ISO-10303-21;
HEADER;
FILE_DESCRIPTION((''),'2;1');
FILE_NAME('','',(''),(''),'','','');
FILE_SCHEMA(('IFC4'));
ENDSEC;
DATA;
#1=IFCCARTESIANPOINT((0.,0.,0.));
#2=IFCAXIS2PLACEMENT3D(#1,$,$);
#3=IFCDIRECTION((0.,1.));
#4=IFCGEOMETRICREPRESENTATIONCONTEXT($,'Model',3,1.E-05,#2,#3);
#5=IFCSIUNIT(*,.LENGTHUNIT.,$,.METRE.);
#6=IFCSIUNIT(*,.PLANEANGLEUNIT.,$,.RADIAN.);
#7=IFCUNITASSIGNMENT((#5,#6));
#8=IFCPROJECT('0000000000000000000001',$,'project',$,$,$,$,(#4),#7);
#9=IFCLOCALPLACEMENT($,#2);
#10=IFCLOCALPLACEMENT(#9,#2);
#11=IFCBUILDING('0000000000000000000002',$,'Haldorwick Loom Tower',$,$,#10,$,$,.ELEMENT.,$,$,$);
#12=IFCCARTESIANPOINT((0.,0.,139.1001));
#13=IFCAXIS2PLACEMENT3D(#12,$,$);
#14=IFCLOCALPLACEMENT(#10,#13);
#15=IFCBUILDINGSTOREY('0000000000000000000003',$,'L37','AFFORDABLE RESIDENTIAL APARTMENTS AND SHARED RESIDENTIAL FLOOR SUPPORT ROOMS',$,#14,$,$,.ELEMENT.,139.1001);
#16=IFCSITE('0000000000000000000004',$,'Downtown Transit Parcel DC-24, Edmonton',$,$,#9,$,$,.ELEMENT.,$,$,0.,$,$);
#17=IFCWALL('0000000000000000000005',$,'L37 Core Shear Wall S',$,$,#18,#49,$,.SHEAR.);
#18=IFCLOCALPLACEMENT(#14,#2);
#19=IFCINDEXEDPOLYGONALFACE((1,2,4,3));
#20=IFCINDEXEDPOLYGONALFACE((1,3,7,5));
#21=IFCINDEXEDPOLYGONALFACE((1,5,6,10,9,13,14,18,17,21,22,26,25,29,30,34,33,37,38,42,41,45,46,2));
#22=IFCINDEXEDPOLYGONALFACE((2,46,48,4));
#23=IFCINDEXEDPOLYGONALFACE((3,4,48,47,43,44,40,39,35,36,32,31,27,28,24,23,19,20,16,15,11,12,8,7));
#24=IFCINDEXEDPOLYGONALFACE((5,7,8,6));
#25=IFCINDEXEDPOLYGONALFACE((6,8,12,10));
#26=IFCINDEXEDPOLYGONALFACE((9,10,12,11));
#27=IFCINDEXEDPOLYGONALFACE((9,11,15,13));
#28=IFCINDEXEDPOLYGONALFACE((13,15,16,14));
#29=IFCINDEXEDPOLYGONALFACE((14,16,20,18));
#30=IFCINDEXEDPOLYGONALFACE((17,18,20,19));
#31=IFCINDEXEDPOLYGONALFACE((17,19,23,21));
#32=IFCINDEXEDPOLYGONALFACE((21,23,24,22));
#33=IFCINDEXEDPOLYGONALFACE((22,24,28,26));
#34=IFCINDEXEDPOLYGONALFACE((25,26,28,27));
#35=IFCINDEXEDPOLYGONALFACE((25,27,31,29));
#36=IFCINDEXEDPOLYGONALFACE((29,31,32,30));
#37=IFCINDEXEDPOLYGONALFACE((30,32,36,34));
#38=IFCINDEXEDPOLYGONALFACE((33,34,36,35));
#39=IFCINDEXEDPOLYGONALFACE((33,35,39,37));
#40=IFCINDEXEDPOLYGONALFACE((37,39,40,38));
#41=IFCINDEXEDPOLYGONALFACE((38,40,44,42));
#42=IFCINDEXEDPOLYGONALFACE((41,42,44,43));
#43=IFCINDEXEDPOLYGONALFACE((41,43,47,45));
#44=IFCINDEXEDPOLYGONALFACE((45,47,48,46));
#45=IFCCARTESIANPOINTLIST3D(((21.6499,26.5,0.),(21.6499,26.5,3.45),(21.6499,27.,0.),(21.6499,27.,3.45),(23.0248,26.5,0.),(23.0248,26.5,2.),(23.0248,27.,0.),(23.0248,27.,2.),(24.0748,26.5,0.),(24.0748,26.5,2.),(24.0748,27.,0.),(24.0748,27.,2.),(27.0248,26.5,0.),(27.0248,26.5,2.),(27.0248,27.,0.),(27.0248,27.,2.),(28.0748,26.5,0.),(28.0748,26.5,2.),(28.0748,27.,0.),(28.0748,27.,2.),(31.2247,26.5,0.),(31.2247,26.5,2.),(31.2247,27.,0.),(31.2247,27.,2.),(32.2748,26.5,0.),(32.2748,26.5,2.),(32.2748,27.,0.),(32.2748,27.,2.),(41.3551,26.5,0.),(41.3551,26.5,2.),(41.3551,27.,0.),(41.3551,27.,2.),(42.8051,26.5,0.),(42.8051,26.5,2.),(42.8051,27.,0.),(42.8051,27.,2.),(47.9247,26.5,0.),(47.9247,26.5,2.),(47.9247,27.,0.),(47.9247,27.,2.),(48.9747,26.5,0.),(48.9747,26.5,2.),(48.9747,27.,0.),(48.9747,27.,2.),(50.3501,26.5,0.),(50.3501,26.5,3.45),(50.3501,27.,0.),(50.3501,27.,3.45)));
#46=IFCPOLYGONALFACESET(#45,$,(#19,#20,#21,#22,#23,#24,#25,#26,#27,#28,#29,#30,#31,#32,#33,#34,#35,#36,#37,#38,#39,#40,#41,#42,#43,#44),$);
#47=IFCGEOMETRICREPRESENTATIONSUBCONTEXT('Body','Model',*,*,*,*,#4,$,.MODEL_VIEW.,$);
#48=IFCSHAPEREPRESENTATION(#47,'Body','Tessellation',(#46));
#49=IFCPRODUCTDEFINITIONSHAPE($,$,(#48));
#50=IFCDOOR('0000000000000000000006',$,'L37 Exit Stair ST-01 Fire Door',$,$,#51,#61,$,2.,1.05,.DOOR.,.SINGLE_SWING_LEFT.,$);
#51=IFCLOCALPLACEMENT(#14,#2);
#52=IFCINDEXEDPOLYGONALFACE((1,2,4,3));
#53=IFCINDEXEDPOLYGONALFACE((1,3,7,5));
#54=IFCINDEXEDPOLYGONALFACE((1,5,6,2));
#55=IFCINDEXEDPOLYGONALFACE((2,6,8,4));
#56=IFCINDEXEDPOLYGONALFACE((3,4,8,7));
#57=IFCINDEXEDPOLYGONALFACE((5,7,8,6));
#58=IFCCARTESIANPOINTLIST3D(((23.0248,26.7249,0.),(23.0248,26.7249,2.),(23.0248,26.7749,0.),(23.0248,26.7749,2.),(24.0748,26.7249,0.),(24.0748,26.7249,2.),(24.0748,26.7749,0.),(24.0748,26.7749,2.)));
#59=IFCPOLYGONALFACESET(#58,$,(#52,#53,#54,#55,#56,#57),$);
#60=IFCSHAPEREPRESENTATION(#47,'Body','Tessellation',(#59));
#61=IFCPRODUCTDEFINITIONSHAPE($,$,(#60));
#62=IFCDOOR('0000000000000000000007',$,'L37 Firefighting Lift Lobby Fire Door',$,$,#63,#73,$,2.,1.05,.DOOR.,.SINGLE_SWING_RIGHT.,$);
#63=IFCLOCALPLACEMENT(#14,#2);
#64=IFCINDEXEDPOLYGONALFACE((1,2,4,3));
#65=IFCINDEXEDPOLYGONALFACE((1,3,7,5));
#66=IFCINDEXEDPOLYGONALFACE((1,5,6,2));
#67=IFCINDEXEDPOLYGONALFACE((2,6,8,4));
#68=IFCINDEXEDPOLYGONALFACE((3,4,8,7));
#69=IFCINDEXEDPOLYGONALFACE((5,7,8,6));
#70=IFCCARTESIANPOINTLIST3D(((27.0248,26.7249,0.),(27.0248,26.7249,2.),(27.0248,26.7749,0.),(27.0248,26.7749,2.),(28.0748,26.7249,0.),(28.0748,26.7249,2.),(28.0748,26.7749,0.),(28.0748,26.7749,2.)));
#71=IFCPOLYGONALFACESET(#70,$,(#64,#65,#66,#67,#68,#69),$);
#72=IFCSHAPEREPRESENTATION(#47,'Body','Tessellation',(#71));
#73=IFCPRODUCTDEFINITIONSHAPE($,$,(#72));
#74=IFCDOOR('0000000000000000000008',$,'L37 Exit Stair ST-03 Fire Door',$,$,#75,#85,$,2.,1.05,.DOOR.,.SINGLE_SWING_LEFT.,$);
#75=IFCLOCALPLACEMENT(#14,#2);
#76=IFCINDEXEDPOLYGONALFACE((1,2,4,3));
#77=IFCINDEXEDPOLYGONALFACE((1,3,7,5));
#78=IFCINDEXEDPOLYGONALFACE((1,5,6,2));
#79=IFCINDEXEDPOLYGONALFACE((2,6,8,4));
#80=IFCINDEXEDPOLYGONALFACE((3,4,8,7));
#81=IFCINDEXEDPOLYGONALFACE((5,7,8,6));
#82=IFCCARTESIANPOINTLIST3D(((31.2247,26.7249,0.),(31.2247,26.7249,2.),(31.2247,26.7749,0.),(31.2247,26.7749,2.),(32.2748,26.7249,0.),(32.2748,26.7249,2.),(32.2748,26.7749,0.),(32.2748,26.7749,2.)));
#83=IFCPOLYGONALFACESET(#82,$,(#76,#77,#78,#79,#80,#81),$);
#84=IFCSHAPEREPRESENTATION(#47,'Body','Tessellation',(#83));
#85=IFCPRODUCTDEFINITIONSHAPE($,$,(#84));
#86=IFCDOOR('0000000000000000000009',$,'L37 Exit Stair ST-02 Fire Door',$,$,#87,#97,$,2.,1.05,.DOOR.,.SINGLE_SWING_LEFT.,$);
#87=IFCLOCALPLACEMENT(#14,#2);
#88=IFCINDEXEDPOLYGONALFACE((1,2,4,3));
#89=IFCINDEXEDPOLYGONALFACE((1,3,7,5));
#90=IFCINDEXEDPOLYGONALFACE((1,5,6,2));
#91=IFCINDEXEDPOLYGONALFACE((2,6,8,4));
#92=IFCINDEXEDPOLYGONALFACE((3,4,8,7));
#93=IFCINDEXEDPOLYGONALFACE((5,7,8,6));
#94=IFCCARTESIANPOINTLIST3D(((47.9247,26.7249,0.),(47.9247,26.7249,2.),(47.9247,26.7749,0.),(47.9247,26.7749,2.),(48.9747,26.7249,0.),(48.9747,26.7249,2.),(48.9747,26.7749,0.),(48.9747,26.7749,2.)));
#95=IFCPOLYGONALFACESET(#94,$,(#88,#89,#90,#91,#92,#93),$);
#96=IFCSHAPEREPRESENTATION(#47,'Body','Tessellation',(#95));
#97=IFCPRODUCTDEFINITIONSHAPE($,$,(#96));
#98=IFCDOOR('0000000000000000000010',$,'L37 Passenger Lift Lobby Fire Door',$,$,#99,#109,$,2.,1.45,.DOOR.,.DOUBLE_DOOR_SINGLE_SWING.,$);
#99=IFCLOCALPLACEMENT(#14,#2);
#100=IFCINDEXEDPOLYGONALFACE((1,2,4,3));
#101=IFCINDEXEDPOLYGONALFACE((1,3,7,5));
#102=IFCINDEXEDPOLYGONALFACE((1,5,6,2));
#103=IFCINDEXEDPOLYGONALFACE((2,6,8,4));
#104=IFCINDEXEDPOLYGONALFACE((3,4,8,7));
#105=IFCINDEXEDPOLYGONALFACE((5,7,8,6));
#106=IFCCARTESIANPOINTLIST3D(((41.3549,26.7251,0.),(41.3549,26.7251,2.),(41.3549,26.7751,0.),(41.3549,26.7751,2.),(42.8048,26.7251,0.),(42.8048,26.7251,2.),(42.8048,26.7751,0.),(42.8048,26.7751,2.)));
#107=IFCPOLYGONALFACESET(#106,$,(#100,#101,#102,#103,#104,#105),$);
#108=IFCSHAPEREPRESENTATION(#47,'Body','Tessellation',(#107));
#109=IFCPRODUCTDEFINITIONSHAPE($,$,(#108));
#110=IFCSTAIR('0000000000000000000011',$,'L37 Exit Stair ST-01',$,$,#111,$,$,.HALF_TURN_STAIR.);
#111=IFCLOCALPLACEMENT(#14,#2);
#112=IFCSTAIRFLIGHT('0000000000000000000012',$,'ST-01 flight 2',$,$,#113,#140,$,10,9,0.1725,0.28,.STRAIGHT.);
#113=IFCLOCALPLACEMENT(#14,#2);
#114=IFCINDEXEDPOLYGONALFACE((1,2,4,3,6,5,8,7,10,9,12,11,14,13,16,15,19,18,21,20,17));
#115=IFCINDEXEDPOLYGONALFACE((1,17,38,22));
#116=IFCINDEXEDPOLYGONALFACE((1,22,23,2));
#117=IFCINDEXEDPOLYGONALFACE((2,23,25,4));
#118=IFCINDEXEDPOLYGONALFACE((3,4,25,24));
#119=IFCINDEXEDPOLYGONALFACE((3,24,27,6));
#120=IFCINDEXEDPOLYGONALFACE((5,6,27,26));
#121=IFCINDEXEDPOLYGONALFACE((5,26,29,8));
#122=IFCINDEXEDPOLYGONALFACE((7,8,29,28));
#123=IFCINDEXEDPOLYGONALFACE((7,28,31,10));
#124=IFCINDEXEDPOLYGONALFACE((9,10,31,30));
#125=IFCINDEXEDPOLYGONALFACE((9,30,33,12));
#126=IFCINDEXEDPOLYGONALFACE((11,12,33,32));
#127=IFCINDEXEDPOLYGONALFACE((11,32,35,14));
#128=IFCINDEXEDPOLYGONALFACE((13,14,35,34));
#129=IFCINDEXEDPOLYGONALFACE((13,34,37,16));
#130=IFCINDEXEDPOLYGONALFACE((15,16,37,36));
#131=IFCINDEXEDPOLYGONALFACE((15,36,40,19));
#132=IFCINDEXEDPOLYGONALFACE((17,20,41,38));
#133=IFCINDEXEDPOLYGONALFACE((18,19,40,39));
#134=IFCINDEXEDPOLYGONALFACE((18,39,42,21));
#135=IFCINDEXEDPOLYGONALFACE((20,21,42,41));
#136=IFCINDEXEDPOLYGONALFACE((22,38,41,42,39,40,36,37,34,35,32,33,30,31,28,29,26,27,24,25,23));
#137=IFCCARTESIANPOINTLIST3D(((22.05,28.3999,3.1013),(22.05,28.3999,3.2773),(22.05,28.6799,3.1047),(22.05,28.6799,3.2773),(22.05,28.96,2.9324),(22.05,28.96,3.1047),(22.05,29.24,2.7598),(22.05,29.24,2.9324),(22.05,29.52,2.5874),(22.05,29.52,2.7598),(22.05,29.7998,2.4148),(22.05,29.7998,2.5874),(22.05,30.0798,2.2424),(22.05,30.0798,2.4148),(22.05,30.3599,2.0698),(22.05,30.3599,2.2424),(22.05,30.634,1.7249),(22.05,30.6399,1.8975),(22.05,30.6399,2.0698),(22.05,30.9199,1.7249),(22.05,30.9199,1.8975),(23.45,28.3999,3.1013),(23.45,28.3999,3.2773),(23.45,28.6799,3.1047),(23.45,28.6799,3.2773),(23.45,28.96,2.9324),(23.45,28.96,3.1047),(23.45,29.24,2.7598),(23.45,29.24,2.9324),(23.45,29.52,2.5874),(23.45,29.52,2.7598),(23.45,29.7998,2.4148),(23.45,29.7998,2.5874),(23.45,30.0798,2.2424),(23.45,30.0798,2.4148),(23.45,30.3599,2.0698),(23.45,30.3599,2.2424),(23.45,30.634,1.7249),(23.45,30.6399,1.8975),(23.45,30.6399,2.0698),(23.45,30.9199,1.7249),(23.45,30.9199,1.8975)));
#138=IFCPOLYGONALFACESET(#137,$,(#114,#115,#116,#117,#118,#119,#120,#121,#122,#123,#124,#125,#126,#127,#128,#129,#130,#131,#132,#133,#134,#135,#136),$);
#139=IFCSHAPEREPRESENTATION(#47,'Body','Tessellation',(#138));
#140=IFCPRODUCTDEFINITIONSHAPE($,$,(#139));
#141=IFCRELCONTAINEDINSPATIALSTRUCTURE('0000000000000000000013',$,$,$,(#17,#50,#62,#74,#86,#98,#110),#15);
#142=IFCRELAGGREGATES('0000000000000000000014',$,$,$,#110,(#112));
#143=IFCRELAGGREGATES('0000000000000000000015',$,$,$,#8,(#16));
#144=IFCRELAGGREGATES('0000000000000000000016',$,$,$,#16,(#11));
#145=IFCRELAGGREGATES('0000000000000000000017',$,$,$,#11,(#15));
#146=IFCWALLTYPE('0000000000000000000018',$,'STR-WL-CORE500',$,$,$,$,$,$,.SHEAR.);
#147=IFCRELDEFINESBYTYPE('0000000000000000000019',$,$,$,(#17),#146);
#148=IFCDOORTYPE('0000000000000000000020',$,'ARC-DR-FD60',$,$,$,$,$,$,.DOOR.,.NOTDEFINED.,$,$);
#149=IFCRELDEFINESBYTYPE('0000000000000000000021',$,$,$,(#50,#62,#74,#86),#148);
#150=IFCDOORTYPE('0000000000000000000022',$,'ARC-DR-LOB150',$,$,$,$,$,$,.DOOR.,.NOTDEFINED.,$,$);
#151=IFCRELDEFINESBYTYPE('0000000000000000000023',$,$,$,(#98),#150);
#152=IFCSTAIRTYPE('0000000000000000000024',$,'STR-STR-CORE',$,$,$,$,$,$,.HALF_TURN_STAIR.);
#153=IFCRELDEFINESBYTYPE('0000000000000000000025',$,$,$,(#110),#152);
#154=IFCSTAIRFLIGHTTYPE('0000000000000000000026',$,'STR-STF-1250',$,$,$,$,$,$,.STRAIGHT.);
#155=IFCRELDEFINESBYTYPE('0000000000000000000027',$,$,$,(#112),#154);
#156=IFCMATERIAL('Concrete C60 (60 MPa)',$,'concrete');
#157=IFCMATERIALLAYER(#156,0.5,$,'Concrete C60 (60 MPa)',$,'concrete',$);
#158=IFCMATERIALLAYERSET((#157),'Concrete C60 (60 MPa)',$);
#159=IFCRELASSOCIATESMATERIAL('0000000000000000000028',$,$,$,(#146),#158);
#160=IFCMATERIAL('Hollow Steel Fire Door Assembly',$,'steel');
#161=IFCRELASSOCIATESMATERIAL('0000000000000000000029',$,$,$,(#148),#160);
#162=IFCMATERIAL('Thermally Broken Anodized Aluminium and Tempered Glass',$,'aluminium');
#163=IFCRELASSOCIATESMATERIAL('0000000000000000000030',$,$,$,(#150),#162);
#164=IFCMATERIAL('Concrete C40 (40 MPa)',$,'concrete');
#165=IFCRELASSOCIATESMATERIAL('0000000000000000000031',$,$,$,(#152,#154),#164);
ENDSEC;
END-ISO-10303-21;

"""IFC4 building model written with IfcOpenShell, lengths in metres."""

from ifc_helpers import new_model, si_unit, direction, frame, frame_2d, origin, place, context, subcontext, project, spatial, polyline, rectangle, outline, extrude, material, layer, layer_set, type_object, element, fill, aggregate, save


model = new_model("IFC4")

# Units and contexts
model_context = context("Model", 3, precision=1e-05, world=origin(), true_north=direction((0.0, 1.0)))
body_context = subcontext(model_context, "Body", "Model", "MODEL_VIEW")
ifc_project = project(units=[si_unit("LENGTHUNIT", "METRE"), si_unit("PLANEANGLEUNIT", "RADIAN")], contexts=[model_context])

# Site, building, storey
site_placement = place(None, origin())
site = spatial("IfcSite", under=ifc_project, at=site_placement, Name="Downtown Transit Parcel DC-24, Edmonton", CompositionType="ELEMENT", RefElevation=0.0)
building_placement = place(site_placement, origin())
building = spatial("IfcBuilding", under=site, at=building_placement, Name="Haldorwick Loom Tower", CompositionType="ELEMENT")
storey_placement = place(building_placement, frame((0.0, 0.0, 139.1001)))
storey = spatial("IfcBuildingStorey", under=building, at=storey_placement, Name="L37", Description="AFFORDABLE RESIDENTIAL APARTMENTS AND SHARED RESIDENTIAL FLOOR SUPPORT ROOMS", CompositionType="ELEMENT", Elevation=139.1001)

# Shared definitions
ifc_material_1 = material(Name="Concrete C60 (60 MPa)", Category="concrete")

# Wall, openings, doors
ifc_layer_1 = layer(ifc_material_1, 0.5, Name="Concrete C60 (60 MPa)", Category="concrete")
ifc_layer_set_1 = layer_set([ifc_layer_1], Name="Concrete C60 (60 MPa)")
wall_type_1 = type_object("IfcWallType", Name="STR-WL-CORE500", PredefinedType="SHEAR", material=ifc_layer_set_1)
wall_1_placement = place(storey_placement, frame((21.6499, 26.75, 0.0), z_axis=(0.0, 0.0, 1.0), x_axis=(1.0, 0.0, 0.0)))
wall_1 = element("IfcWall", 1, at=wall_1_placement, inside=storey, type_object=wall_type_1, Name="L37 Core Shear Wall S", PredefinedType="SHEAR", context=body_context, shape_type="SweptSolid", body=[
    extrude(rectangle(XDim=28.7002, YDim=0.5, at=frame_2d((14.3501, 0.0))), origin(), (0.0, 0.0, 1.0), 3.45),
])
opening_1_placement = place(wall_1_placement, frame((1.375, 0.0, 0.0)))
opening_1 = element("IfcOpeningElement", 2, at=opening_1_placement, cuts=wall_1, PredefinedType="OPENING", context=body_context, shape_type="SweptSolid", body=[
    extrude(rectangle(XDim=1.05, YDim=2.0, at=frame_2d((0.5249, 1.0))), frame((0.0, 0.26, 0.0), z_axis=(0.0, -1.0, 0.0), x_axis=(1.0, 0.0, 0.0)), (0.0, 0.0, 1.0), 0.52),
])
opening_2_placement = place(wall_1_placement, frame((5.375, 0.0, 0.0)))
opening_2 = element("IfcOpeningElement", 3, at=opening_2_placement, cuts=wall_1, PredefinedType="OPENING", context=body_context, shape_type="SweptSolid", body=[
    extrude(rectangle(XDim=1.05, YDim=2.0, at=frame_2d((0.5249, 1.0))), frame((0.0, 0.26, 0.0), z_axis=(0.0, -1.0, 0.0), x_axis=(1.0, 0.0, 0.0)), (0.0, 0.0, 1.0), 0.52),
])
opening_3_placement = place(wall_1_placement, frame((9.575, 0.0, 0.0)))
opening_3 = element("IfcOpeningElement", 4, at=opening_3_placement, cuts=wall_1, PredefinedType="OPENING", context=body_context, shape_type="SweptSolid", body=[
    extrude(rectangle(XDim=1.05, YDim=2.0, at=frame_2d((0.5249, 1.0))), frame((0.0, 0.26, 0.0), z_axis=(0.0, -1.0, 0.0), x_axis=(1.0, 0.0, 0.0)), (0.0, 0.0, 1.0), 0.52),
])
opening_4_placement = place(wall_1_placement, frame((19.7051, 0.0, 0.0)))
opening_4 = element("IfcOpeningElement", 5, at=opening_4_placement, cuts=wall_1, PredefinedType="OPENING", context=body_context, shape_type="SweptSolid", body=[
    extrude(rectangle(XDim=1.45, YDim=2.0, at=frame_2d((0.7251, 1.0))), frame((0.0, 0.26, 0.0), z_axis=(0.0, -1.0, 0.0), x_axis=(1.0, 0.0, 0.0)), (0.0, 0.0, 1.0), 0.52),
])
opening_5_placement = place(wall_1_placement, frame((26.2749, 0.0, 0.0)))
opening_5 = element("IfcOpeningElement", 6, at=opening_5_placement, cuts=wall_1, PredefinedType="OPENING", context=body_context, shape_type="SweptSolid", body=[
    extrude(rectangle(XDim=1.05, YDim=2.0, at=frame_2d((0.5249, 1.0))), frame((0.0, 0.26, 0.0), z_axis=(0.0, -1.0, 0.0), x_axis=(1.0, 0.0, 0.0)), (0.0, 0.0, 1.0), 0.52),
])
ifc_material_2 = material(Name="Hollow Steel Fire Door Assembly", Category="steel")
door_type_1 = type_object("IfcDoorType", Name="ARC-DR-FD60", OperationType="NOTDEFINED", PredefinedType="DOOR", material=ifc_material_2)
door_1_placement = place(opening_1_placement, origin())
door_1 = element("IfcDoor", 7, at=door_1_placement, inside=storey, type_object=door_type_1, Name="L37 Exit Stair ST-01 Fire Door", OperationType="SINGLE_SWING_LEFT", OverallHeight=2.0, OverallWidth=1.05, PredefinedType="DOOR", context=body_context, shape_type="SweptSolid", body=[
    extrude(rectangle(XDim=1.05, YDim=2.0, at=frame_2d((0.5249, 1.0))), frame((0.0, 0.0249, 0.0), z_axis=(0.0, -1.0, 0.0), x_axis=(1.0, 0.0, 0.0)), (0.0, 0.0, 1.0), 0.05),
])
fill(opening_1, door_1)
door_2_placement = place(opening_2_placement, origin())
door_2 = element("IfcDoor", 8, at=door_2_placement, inside=storey, type_object=door_type_1, Name="L37 Firefighting Lift Lobby Fire Door", OperationType="SINGLE_SWING_RIGHT", OverallHeight=2.0, OverallWidth=1.05, PredefinedType="DOOR", context=body_context, shape_type="SweptSolid", body=[
    extrude(rectangle(XDim=1.05, YDim=2.0, at=frame_2d((0.5249, 1.0))), frame((0.0, 0.0249, 0.0), z_axis=(0.0, -1.0, 0.0), x_axis=(1.0, 0.0, 0.0)), (0.0, 0.0, 1.0), 0.05),
])
fill(opening_2, door_2)
door_3_placement = place(opening_3_placement, origin())
door_3 = element("IfcDoor", 9, at=door_3_placement, inside=storey, type_object=door_type_1, Name="L37 Exit Stair ST-03 Fire Door", OperationType="SINGLE_SWING_LEFT", OverallHeight=2.0, OverallWidth=1.05, PredefinedType="DOOR", context=body_context, shape_type="SweptSolid", body=[
    extrude(rectangle(XDim=1.05, YDim=2.0, at=frame_2d((0.5249, 1.0))), frame((0.0, 0.0249, 0.0), z_axis=(0.0, -1.0, 0.0), x_axis=(1.0, 0.0, 0.0)), (0.0, 0.0, 1.0), 0.05),
])
fill(opening_3, door_3)
door_4_placement = place(opening_5_placement, origin())
door_4 = element("IfcDoor", 10, at=door_4_placement, inside=storey, type_object=door_type_1, Name="L37 Exit Stair ST-02 Fire Door", OperationType="SINGLE_SWING_LEFT", OverallHeight=2.0, OverallWidth=1.05, PredefinedType="DOOR", context=body_context, shape_type="SweptSolid", body=[
    extrude(rectangle(XDim=1.05, YDim=2.0, at=frame_2d((0.5249, 1.0))), frame((0.0, 0.0249, 0.0), z_axis=(0.0, -1.0, 0.0), x_axis=(1.0, 0.0, 0.0)), (0.0, 0.0, 1.0), 0.05),
])
fill(opening_5, door_4)
ifc_material_3 = material(Name="Thermally Broken Anodized Aluminium and Tempered Glass", Category="aluminium")
door_type_2 = type_object("IfcDoorType", Name="ARC-DR-LOB150", OperationType="NOTDEFINED", PredefinedType="DOOR", material=ifc_material_3)
door_5_placement = place(opening_4_placement, frame((1.45, 0.0, 0.0), z_axis=(0.0, 0.0, 1.0), x_axis=(-1.0, 0.0, 0.0)))
door_5 = element("IfcDoor", 11, at=door_5_placement, inside=storey, type_object=door_type_2, Name="L37 Passenger Lift Lobby Fire Door", OperationType="DOUBLE_DOOR_SINGLE_SWING", OverallHeight=2.0, OverallWidth=1.45, PredefinedType="DOOR", context=body_context, shape_type="SweptSolid", body=[
    extrude(rectangle(XDim=1.45, YDim=2.0, at=frame_2d((0.7251, 1.0))), frame((0.0, 0.0249, 0.0), z_axis=(0.0, -1.0, 0.0), x_axis=(1.0, 0.0, 0.0)), (0.0, 0.0, 1.0), 0.05),
])
fill(opening_4, door_5)

# Stair, stair flight
ifc_material_4 = material(Name="Concrete C40 (40 MPa)", Category="concrete")
stair_type = type_object("IfcStairType", Name="STR-STR-CORE", PredefinedType="HALF_TURN_STAIR", material=ifc_material_4)
stair_placement = place(storey_placement, origin())
stair = element("IfcStair", 12, at=stair_placement, inside=storey, type_object=stair_type, Name="L37 Exit Stair ST-01", PredefinedType="HALF_TURN_STAIR")
stair_flight_type = type_object("IfcStairFlightType", Name="STR-STF-1250", PredefinedType="STRAIGHT", material=ifc_material_4)
stair_flight_placement = place(storey_placement, frame((22.75, 30.9199, 1.7249), z_axis=(0.0, 0.0, 1.0), x_axis=(0.0, -1.0, 0.0)))
stair_flight = element("IfcStairFlight", 13, at=stair_flight_placement, type_object=stair_flight_type, Name="ST-01 flight 2", NumberOfRisers=10, NumberOfTreads=9, PredefinedType="STRAIGHT", RiserHeight=0.1725, TreadLength=0.28, context=body_context, shape_type="SweptSolid", body=[
    extrude(outline(polyline([(0.0, 0.0), (0.0, 0.1726), (0.28, 0.1726), (0.28, 0.345), (0.5601, 0.345), (0.5601, 0.5176), (0.8401, 0.5176), (0.8401, 0.6899), (1.1201, 0.6899), (1.1201, 0.8625), (1.3999, 0.8625), (1.3999, 1.0349), (1.6799, 1.0349), (1.6799, 1.2075), (1.96, 1.2075), (1.96, 1.3799), (2.24, 1.3799), (2.24, 1.5525), (2.52, 1.5525), (2.52, 1.7251), (2.52, 1.3765), (0.2859, 0.0), (0.0, 0.0)])), frame((0.0, 0.7, 0.0), z_axis=(0.0, -1.0, 0.0), x_axis=(1.0, 0.0, 0.0)), (0.0, 0.0, 1.0), 1.3999),
])
aggregate(stair, [stair_flight])

save(model, "model.ifc")
